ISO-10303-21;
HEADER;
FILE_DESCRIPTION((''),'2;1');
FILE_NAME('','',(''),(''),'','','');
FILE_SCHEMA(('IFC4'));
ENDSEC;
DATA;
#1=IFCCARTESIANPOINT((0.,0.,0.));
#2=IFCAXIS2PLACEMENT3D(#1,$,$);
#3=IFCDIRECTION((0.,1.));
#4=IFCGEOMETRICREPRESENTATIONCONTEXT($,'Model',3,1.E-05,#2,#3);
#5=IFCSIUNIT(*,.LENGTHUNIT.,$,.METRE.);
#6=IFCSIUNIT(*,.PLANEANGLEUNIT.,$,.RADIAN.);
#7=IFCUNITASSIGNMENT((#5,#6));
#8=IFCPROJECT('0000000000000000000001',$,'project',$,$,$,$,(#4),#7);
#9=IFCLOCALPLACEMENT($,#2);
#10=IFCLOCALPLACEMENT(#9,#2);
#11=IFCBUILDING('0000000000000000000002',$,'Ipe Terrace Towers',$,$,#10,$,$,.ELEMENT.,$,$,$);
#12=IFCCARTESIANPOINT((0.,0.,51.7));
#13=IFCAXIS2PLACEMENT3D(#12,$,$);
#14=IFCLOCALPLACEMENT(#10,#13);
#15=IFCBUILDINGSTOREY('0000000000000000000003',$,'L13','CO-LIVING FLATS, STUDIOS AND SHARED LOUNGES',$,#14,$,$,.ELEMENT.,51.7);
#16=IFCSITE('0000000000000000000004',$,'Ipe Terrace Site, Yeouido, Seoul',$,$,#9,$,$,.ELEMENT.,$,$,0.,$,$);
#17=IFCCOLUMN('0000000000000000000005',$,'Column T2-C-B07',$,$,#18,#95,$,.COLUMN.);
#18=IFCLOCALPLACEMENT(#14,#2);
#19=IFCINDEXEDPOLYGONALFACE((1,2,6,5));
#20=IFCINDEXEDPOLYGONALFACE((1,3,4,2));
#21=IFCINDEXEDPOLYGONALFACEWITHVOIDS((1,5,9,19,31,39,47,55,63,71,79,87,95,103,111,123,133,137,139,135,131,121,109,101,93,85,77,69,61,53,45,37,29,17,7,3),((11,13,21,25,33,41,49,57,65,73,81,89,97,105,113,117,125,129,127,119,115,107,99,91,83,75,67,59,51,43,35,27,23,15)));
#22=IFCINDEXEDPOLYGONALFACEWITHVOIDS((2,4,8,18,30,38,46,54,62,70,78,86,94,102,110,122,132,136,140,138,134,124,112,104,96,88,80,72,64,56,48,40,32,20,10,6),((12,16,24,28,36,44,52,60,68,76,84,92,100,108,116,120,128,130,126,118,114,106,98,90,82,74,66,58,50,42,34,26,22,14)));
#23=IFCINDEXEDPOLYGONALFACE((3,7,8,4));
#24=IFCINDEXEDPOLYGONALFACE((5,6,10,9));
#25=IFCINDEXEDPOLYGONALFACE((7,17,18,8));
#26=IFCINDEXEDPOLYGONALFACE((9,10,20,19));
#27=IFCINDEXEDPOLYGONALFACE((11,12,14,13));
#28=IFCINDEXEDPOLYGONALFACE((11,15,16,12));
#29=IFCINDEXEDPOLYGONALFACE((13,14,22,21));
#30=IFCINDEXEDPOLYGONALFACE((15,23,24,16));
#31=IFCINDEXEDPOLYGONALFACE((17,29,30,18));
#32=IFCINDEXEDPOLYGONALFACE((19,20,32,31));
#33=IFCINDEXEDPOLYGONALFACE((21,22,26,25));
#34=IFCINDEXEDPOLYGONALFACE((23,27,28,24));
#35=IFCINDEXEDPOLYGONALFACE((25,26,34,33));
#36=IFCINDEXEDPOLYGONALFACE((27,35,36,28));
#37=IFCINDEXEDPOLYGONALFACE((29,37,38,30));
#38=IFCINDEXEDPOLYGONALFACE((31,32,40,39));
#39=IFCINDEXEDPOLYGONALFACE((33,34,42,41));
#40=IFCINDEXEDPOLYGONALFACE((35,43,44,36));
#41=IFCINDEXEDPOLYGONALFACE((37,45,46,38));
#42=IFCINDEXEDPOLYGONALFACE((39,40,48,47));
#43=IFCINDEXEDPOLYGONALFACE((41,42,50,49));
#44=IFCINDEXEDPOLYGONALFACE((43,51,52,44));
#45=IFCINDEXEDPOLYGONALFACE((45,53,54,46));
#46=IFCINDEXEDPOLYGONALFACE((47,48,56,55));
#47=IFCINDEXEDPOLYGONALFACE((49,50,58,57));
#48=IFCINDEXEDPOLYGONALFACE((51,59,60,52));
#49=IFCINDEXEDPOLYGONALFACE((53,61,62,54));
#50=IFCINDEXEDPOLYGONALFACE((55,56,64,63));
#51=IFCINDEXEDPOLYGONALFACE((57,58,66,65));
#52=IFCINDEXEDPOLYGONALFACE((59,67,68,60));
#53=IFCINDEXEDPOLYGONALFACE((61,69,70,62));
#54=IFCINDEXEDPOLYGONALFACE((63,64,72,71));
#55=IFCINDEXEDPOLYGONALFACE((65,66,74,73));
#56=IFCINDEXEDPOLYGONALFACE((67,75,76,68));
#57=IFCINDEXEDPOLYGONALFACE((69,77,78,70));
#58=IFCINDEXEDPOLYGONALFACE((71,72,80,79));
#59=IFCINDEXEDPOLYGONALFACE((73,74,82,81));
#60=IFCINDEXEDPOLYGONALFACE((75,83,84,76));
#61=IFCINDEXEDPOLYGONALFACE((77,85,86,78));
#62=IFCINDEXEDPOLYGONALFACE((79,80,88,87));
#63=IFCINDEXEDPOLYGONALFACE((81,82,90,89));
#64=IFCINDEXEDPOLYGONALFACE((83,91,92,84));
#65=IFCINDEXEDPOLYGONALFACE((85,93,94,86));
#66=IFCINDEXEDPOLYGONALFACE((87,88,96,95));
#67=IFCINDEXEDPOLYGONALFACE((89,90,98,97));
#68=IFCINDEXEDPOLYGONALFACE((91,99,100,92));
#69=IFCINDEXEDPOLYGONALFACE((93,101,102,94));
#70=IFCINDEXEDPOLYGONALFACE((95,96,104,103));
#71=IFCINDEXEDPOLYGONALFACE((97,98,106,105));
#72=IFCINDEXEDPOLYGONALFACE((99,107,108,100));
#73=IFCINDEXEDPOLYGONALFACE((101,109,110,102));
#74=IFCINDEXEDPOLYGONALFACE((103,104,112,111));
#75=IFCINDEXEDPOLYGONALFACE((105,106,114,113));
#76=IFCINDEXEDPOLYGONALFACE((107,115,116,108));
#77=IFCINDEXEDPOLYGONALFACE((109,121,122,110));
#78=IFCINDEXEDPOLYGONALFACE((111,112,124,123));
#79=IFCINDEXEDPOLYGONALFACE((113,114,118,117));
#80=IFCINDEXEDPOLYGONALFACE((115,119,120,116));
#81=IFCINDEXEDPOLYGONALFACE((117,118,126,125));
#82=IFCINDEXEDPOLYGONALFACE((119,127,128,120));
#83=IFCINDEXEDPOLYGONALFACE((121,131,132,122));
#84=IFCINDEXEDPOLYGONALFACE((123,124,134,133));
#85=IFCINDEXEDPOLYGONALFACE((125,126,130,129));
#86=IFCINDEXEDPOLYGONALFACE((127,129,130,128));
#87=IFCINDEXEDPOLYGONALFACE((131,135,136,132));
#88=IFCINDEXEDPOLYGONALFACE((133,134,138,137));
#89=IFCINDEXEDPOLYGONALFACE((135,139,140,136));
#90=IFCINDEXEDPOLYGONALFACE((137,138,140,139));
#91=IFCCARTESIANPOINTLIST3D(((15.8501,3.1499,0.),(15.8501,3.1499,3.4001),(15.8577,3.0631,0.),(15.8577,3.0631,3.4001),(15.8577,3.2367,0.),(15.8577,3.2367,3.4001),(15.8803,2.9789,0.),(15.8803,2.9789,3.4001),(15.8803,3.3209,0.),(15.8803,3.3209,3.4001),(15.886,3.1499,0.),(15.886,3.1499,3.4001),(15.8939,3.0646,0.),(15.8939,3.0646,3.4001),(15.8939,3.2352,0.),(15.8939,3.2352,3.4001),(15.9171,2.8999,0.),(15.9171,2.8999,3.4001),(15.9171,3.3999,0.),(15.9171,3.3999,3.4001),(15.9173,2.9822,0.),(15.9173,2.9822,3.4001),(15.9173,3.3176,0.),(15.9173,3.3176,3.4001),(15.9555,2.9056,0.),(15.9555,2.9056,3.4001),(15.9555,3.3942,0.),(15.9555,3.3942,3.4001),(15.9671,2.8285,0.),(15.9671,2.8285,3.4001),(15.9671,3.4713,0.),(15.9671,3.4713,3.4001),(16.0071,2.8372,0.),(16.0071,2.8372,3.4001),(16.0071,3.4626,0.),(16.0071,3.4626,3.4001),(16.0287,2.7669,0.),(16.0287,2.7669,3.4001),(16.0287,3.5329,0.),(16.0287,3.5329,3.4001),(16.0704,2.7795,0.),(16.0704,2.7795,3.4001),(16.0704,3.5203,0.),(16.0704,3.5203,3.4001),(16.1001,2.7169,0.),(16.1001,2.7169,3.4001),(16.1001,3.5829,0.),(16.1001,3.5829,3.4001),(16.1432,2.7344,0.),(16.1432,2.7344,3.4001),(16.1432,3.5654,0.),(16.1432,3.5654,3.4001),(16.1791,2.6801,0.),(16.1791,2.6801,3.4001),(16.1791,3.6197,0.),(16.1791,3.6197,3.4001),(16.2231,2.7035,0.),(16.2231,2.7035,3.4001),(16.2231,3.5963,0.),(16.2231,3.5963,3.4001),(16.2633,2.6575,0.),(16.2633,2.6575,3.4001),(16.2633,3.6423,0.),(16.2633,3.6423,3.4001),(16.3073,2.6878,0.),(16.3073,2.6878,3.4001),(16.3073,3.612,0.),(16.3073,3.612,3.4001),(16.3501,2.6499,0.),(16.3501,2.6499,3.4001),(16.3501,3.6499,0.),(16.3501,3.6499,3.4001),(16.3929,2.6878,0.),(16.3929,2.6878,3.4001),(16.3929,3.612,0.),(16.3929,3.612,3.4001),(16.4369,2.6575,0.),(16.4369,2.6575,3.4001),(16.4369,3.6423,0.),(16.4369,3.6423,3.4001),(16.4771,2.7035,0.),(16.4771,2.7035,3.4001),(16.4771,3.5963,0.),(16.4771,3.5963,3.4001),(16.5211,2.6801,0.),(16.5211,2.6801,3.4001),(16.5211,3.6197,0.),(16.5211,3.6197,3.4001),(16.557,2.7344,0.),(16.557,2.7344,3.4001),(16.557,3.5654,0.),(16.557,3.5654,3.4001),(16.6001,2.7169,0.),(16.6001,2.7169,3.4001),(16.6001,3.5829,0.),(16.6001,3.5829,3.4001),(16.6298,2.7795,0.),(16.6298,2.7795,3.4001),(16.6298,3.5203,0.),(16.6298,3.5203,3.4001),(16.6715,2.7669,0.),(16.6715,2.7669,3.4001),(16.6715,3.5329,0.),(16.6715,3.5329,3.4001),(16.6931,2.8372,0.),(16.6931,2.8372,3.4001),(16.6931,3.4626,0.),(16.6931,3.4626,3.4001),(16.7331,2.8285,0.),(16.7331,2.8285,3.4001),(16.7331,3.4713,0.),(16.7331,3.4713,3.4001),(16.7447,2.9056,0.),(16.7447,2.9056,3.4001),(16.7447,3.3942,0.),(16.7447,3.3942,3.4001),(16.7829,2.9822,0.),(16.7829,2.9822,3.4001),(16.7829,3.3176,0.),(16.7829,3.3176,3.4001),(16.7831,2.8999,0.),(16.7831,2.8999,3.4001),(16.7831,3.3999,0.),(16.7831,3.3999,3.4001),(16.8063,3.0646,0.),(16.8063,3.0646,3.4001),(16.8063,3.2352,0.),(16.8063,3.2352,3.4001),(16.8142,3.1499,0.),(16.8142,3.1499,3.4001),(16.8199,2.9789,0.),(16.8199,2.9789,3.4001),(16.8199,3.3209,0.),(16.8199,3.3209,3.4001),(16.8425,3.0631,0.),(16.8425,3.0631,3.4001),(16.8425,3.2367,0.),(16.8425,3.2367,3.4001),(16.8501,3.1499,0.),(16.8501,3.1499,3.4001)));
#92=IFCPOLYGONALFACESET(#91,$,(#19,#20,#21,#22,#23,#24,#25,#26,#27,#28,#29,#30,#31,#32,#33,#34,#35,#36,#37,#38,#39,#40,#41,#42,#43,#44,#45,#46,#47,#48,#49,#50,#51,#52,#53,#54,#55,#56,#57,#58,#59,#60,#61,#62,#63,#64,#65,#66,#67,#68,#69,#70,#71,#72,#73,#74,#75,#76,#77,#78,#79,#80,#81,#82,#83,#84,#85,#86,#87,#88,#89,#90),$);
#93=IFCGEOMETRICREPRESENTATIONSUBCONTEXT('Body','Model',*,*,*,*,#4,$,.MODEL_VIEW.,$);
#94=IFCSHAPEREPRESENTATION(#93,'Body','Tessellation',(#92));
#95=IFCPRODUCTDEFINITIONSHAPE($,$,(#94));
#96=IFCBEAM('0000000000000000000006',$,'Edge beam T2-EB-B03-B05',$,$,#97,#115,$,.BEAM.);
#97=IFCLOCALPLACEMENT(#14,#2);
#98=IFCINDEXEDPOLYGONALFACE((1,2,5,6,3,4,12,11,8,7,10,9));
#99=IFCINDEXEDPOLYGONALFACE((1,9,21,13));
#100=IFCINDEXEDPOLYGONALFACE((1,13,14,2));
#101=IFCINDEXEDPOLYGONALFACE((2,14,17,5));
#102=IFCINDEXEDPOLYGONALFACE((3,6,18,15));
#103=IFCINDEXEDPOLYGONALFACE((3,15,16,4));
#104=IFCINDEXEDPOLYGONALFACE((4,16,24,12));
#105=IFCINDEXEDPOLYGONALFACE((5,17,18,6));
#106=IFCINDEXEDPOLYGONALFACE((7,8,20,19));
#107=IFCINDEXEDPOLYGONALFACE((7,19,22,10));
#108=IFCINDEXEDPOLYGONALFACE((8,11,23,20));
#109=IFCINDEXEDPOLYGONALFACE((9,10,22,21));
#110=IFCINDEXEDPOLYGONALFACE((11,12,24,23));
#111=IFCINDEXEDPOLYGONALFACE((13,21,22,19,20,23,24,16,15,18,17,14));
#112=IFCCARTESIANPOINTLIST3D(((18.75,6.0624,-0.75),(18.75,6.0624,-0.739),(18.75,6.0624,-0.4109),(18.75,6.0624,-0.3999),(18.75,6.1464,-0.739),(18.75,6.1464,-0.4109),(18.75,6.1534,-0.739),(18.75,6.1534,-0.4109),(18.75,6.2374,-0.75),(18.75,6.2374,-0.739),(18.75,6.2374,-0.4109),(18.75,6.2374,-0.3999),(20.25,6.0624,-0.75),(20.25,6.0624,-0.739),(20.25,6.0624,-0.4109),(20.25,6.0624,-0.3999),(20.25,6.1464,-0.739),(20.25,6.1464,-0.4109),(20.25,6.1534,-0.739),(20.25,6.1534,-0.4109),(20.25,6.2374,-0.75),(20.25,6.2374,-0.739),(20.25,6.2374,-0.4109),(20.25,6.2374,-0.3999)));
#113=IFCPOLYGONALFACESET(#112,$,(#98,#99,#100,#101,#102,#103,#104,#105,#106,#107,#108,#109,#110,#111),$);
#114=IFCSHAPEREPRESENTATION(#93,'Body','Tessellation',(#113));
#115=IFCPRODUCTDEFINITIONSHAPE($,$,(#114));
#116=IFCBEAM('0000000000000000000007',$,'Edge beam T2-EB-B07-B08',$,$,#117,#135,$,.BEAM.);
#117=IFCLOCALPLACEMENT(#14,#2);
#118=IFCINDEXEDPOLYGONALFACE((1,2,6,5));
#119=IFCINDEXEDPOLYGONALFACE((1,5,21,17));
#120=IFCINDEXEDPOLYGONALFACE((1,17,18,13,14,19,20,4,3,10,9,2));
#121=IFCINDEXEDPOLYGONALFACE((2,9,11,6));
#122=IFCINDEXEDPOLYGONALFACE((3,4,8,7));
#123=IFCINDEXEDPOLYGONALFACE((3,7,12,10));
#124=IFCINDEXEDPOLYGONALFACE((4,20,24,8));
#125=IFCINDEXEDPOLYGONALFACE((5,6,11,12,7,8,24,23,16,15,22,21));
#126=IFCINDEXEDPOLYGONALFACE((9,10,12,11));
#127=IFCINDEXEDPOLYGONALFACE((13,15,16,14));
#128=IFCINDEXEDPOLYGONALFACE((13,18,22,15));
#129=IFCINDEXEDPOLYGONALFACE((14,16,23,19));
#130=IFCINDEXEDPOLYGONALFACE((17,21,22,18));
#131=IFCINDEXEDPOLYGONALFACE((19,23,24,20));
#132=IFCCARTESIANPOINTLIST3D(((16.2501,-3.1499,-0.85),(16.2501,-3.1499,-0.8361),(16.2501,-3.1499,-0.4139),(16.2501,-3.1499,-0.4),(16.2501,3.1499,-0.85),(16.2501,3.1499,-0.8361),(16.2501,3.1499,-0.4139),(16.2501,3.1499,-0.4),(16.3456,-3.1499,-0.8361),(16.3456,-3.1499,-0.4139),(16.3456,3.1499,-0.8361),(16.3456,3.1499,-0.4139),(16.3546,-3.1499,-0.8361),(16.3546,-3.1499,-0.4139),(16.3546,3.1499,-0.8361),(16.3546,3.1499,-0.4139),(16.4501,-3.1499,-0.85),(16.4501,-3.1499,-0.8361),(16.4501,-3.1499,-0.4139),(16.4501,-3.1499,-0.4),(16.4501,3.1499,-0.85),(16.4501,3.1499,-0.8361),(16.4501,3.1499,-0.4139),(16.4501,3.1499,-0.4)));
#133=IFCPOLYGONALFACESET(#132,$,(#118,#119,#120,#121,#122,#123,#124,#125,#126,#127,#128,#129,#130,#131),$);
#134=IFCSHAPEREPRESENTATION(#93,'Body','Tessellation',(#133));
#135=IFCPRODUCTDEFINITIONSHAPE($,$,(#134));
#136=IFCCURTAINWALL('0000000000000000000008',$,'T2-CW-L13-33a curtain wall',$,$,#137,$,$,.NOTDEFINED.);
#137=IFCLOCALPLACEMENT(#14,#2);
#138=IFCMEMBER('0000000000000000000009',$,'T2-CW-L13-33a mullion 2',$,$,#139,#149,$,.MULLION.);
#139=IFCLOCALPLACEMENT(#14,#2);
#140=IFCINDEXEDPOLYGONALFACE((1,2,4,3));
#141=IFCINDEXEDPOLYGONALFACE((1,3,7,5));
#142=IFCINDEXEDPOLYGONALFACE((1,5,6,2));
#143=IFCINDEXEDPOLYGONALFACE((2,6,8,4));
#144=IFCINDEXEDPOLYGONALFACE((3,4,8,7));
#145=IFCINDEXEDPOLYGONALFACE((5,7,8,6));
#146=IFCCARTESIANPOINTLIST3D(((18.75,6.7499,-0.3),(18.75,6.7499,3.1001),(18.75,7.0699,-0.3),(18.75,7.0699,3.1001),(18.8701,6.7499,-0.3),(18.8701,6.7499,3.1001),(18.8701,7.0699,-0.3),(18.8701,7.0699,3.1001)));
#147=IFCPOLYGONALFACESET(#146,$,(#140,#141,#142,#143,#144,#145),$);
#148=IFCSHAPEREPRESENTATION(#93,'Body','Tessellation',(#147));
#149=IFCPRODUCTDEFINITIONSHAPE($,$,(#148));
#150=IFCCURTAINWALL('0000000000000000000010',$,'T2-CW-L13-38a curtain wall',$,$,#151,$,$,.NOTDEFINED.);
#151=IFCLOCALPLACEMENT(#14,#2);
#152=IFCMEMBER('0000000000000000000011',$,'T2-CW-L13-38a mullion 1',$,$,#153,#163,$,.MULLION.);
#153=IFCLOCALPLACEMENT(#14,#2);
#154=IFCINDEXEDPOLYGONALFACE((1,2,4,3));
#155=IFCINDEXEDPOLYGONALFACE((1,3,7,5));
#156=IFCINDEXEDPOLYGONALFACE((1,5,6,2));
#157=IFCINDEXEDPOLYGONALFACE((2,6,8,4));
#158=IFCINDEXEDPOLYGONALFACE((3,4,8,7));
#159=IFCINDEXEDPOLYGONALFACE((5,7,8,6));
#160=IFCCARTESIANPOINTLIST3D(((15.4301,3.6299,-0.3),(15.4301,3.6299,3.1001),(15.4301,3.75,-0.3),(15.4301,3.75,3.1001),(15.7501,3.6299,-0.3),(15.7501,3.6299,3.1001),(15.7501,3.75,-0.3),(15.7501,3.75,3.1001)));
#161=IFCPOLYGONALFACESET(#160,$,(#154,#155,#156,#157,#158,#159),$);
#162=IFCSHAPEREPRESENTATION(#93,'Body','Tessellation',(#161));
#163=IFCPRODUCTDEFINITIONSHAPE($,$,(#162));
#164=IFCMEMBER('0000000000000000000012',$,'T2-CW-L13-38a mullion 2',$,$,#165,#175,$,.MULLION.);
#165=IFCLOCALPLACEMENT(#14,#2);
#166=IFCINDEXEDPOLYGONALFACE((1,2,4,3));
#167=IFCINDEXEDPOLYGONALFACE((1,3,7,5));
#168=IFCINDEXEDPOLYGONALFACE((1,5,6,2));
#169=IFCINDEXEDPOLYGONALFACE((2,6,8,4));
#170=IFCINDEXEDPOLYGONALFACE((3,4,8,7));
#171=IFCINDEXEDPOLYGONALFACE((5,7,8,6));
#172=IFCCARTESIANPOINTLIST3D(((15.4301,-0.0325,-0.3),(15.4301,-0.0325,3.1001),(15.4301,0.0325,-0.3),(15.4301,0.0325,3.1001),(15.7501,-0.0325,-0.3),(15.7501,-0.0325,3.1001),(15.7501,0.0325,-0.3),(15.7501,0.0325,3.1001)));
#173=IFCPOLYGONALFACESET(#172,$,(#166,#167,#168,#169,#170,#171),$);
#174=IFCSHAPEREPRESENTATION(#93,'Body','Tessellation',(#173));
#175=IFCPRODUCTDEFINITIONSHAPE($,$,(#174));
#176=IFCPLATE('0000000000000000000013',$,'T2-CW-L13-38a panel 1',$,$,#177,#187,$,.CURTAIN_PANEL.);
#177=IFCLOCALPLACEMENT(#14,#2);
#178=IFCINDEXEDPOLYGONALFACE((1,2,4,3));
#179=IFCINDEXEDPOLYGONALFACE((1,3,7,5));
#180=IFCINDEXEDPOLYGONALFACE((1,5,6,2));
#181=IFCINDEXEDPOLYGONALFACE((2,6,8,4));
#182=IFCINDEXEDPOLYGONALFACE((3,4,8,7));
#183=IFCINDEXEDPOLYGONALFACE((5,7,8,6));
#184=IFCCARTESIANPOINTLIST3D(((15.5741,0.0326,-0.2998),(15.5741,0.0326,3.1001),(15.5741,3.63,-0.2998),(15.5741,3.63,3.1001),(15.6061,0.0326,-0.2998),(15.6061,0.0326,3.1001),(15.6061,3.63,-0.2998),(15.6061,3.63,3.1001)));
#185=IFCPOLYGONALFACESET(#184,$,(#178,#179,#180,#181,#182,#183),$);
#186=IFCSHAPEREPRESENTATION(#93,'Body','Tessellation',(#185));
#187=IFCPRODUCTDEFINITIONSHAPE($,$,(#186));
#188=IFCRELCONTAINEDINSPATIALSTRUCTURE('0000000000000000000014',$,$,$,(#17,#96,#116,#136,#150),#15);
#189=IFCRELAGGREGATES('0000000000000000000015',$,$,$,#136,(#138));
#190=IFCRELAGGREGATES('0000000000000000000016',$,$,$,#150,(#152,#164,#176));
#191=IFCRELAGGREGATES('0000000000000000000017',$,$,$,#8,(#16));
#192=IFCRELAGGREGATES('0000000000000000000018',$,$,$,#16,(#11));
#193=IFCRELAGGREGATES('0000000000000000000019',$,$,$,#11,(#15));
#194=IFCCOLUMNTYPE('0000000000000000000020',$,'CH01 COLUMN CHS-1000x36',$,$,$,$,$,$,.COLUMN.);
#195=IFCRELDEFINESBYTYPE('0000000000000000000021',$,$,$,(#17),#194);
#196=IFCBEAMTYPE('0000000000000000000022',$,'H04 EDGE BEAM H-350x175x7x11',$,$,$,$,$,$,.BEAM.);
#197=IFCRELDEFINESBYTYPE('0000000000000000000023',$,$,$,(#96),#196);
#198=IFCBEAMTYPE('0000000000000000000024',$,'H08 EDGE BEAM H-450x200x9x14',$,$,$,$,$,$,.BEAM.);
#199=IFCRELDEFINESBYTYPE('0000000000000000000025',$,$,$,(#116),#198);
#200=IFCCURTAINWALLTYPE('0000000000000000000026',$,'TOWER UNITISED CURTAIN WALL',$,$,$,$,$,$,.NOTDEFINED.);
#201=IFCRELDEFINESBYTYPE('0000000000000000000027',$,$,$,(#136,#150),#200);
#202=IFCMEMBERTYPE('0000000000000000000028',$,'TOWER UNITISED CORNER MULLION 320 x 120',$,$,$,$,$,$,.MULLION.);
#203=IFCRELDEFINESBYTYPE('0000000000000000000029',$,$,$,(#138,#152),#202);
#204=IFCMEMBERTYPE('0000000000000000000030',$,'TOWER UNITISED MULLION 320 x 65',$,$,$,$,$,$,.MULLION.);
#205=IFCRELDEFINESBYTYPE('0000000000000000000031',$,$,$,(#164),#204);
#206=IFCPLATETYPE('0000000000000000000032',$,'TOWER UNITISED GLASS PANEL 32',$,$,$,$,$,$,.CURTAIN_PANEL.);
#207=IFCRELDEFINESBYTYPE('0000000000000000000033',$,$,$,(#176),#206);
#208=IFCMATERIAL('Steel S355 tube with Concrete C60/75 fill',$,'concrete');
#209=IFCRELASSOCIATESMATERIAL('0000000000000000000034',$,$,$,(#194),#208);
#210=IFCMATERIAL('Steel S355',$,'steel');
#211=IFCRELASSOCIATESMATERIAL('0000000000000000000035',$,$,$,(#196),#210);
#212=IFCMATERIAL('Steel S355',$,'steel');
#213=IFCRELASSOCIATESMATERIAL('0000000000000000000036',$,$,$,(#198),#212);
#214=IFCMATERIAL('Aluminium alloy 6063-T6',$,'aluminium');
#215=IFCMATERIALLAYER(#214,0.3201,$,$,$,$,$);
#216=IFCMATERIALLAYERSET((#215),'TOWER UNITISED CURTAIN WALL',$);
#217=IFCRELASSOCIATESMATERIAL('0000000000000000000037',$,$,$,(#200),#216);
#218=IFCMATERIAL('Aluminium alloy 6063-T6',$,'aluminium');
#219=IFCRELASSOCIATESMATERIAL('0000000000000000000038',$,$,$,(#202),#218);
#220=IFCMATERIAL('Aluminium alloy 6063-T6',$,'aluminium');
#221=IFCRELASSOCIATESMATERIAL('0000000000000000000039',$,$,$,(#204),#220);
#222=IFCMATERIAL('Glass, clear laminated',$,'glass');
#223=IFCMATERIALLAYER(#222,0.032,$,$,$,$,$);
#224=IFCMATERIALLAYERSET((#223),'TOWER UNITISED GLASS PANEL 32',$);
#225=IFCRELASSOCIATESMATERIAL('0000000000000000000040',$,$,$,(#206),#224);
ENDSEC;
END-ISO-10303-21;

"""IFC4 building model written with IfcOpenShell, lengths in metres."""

from ifc_helpers import new_model, si_unit, direction, frame, origin, origin_2d, place, context, subcontext, project, spatial, rectangle, hollow_circle, i_section, extrude, material, layer, layer_set, material_profile, profile_set, type_object, element, aggregate, save


model = new_model("IFC4")

# Units and contexts
model_context = context("Model", 3, precision=1e-05, world=origin(), true_north=direction((0.0, 1.0)))
body_context = subcontext(model_context, "Body", "Model", "MODEL_VIEW")
ifc_project = project(units=[si_unit("LENGTHUNIT", "METRE"), si_unit("PLANEANGLEUNIT", "RADIAN")], contexts=[model_context])

# Site, building, storey
site_placement = place(None, origin())
site = spatial("IfcSite", under=ifc_project, at=site_placement, Name="Ipe Terrace Site, Yeouido, Seoul", CompositionType="ELEMENT", RefElevation=0.0)
building_placement = place(site_placement, origin())
building = spatial("IfcBuilding", under=site, at=building_placement, Name="Ipe Terrace Towers", CompositionType="ELEMENT")
storey_placement = place(building_placement, frame((0.0, 0.0, 51.7)))
storey = spatial("IfcBuildingStorey", under=building, at=storey_placement, Name="L13", Description="CO-LIVING FLATS, STUDIOS AND SHARED LOUNGES", CompositionType="ELEMENT", Elevation=51.7)

# Column
ifc_material_1 = material(Name="Steel S355 tube with Concrete C60/75 fill", Category="concrete")
ifc_material_profile_1 = material_profile(ifc_material_1, hollow_circle(Radius=0.5, WallThickness=0.0359, at=origin_2d()), Name="CHS-1000x36")
ifc_profile_set_1 = profile_set([ifc_material_profile_1], Name="Steel S355 tube with Concrete C60/75 fill")
column_type = type_object("IfcColumnType", Name="CH01 COLUMN CHS-1000x36", PredefinedType="COLUMN", material=ifc_profile_set_1)
for number, where, z_axis, x_axis, name in (
    (1, (16.3501, 3.1499, 0.0), (0.0, 0.0, 1.0), (1.0, 0.0, 0.0), "Column T2-C-B07"),
):
    element("IfcColumn", number, at=place(storey_placement, frame(where, z_axis=z_axis, x_axis=x_axis)), inside=storey, type_object=column_type, Name=name, PredefinedType="COLUMN", context=body_context, shape_type="SweptSolid", body=[
        extrude(hollow_circle(Radius=0.5, WallThickness=0.0359, at=origin_2d()), origin(), (0.0, 0.0, 1.0), 3.4001),
    ])

# Beams
ifc_material_2 = material(Name="Steel S355", Category="steel")
ifc_material_profile_2 = material_profile(ifc_material_2, i_section(OverallWidth=0.175, OverallDepth=0.3501, WebThickness=0.0071, FlangeThickness=0.011, at=origin_2d()), Name="H-350x175x7x11")
ifc_profile_set_2 = profile_set([ifc_material_profile_2], Name="Steel S355")
beam_type_1 = type_object("IfcBeamType", Name="H04 EDGE BEAM H-350x175x7x11", PredefinedType="BEAM", material=ifc_profile_set_2)
beam_1_placement = place(storey_placement, frame((20.25, 6.1499, -0.575), z_axis=(-1.0, 0.0, 0.0), x_axis=(0.0, -1.0, 0.0)))
element("IfcBeam", 2, at=beam_1_placement, inside=storey, type_object=beam_type_1, Name="Edge beam T2-EB-B03-B05", PredefinedType="BEAM", context=body_context, shape_type="SweptSolid", body=[
    extrude(i_section(OverallWidth=0.175, OverallDepth=0.3501, WebThickness=0.0071, FlangeThickness=0.011, at=origin_2d()), origin(), (0.0, 0.0, 1.0), 1.5),
])
ifc_material_3 = material(Name="Steel S355", Category="steel")
ifc_material_profile_3 = material_profile(ifc_material_3, i_section(OverallWidth=0.2, OverallDepth=0.45, WebThickness=0.009, FlangeThickness=0.0139, at=origin_2d()), Name="H-450x200x9x14")
ifc_profile_set_3 = profile_set([ifc_material_profile_3], Name="Steel S355")
beam_type_2 = type_object("IfcBeamType", Name="H08 EDGE BEAM H-450x200x9x14", PredefinedType="BEAM", material=ifc_profile_set_3)
beam_2_placement = place(storey_placement, frame((16.3501, 3.1499, -0.625), z_axis=(0.0, -1.0, 0.0), x_axis=(1.0, 0.0, 0.0)))
element("IfcBeam", 3, at=beam_2_placement, inside=storey, type_object=beam_type_2, Name="Edge beam T2-EB-B07-B08", PredefinedType="BEAM", context=body_context, shape_type="SweptSolid", body=[
    extrude(i_section(OverallWidth=0.2, OverallDepth=0.45, WebThickness=0.009, FlangeThickness=0.0139, at=origin_2d()), origin(), (0.0, 0.0, 1.0), 6.2998),
])

# Curtain wall, member
ifc_material_4 = material(Name="Aluminium alloy 6063-T6", Category="aluminium")
ifc_layer_1 = layer(ifc_material_4, 0.3201)
ifc_layer_set_1 = layer_set([ifc_layer_1], Name="TOWER UNITISED CURTAIN WALL")
curtain_wall_type = type_object("IfcCurtainWallType", Name="TOWER UNITISED CURTAIN WALL", PredefinedType="NOTDEFINED", material=ifc_layer_set_1)
curtain_wall_1_placement = place(storey_placement, origin())
curtain_wall_1 = element("IfcCurtainWall", 4, at=curtain_wall_1_placement, inside=storey, type_object=curtain_wall_type, Name="T2-CW-L13-33a curtain wall", PredefinedType="NOTDEFINED")
ifc_material_5 = material(Name="Aluminium alloy 6063-T6", Category="aluminium")
ifc_material_profile_4 = material_profile(ifc_material_5, rectangle(XDim=0.3201, YDim=0.1201, at=origin_2d()), Name="TOWER UNITISED CORNER MULLION 320 x 120")
ifc_profile_set_4 = profile_set([ifc_material_profile_4], Name="Aluminium alloy 6063-T6")
member_type_1 = type_object("IfcMemberType", Name="TOWER UNITISED CORNER MULLION 320 x 120", PredefinedType="MULLION", material=ifc_profile_set_4)
member_1_placement = place(storey_placement, frame((18.8101, 6.9099, -0.3), z_axis=(0.0, 0.0, 1.0), x_axis=(0.0, 1.0, 0.0)))
member_1 = element("IfcMember", 5, at=member_1_placement, type_object=member_type_1, Name="T2-CW-L13-33a mullion 2", PredefinedType="MULLION", context=body_context, shape_type="SweptSolid", body=[
    extrude(rectangle(XDim=0.3201, YDim=0.1201, at=origin_2d()), origin(), (0.0, 0.0, 1.0), 3.4001),
])
aggregate(curtain_wall_1, [member_1])

# Curtain wall, members, plate
curtain_wall_2_placement = place(storey_placement, origin())
curtain_wall_2 = element("IfcCurtainWall", 6, at=curtain_wall_2_placement, inside=storey, type_object=curtain_wall_type, Name="T2-CW-L13-38a curtain wall", PredefinedType="NOTDEFINED")
member_2_placement = place(storey_placement, frame((15.5901, 3.6899, -0.3), z_axis=(0.0, 0.0, 1.0), x_axis=(-1.0, 0.0, 0.0)))
member_2 = element("IfcMember", 7, at=member_2_placement, type_object=member_type_1, Name="T2-CW-L13-38a mullion 1", PredefinedType="MULLION", context=body_context, shape_type="SweptSolid", body=[
    extrude(rectangle(XDim=0.3201, YDim=0.1201, at=origin_2d()), origin(), (0.0, 0.0, 1.0), 3.4001),
])
ifc_material_6 = material(Name="Aluminium alloy 6063-T6", Category="aluminium")
ifc_material_profile_5 = material_profile(ifc_material_6, rectangle(XDim=0.3201, YDim=0.0649, at=origin_2d()), Name="TOWER UNITISED MULLION 320 x 65")
ifc_profile_set_5 = profile_set([ifc_material_profile_5], Name="Aluminium alloy 6063-T6")
member_type_2 = type_object("IfcMemberType", Name="TOWER UNITISED MULLION 320 x 65", PredefinedType="MULLION", material=ifc_profile_set_5)
member_3_placement = place(storey_placement, frame((15.5901, 0.0, -0.3), z_axis=(0.0, 0.0, 1.0), x_axis=(-1.0, 0.0, 0.0)))
member_3 = element("IfcMember", 8, at=member_3_placement, type_object=member_type_2, Name="T2-CW-L13-38a mullion 2", PredefinedType="MULLION", context=body_context, shape_type="SweptSolid", body=[
    extrude(rectangle(XDim=0.3201, YDim=0.0649, at=origin_2d()), origin(), (0.0, 0.0, 1.0), 3.4001),
])
ifc_material_7 = material(Name="Glass, clear laminated", Category="glass")
ifc_layer_2 = layer(ifc_material_7, 0.032)
ifc_layer_set_2 = layer_set([ifc_layer_2], Name="TOWER UNITISED GLASS PANEL 32")
plate_type = type_object("IfcPlateType", Name="TOWER UNITISED GLASS PANEL 32", PredefinedType="CURTAIN_PANEL", material=ifc_layer_set_2)
plate_placement = place(storey_placement, frame((15.5901, 1.8313, -0.2998), z_axis=(0.0, 0.0, 1.0), x_axis=(0.0, -1.0, 0.0)))
plate = element("IfcPlate", 9, at=plate_placement, type_object=plate_type, Name="T2-CW-L13-38a panel 1", PredefinedType="CURTAIN_PANEL", context=body_context, shape_type="SweptSolid", body=[
    extrude(rectangle(XDim=3.5974, YDim=0.032, at=origin_2d()), origin(), (0.0, 0.0, 1.0), 3.3999),
])
aggregate(curtain_wall_2, [member_2, member_3, plate])

save(model, "model.ifc")
